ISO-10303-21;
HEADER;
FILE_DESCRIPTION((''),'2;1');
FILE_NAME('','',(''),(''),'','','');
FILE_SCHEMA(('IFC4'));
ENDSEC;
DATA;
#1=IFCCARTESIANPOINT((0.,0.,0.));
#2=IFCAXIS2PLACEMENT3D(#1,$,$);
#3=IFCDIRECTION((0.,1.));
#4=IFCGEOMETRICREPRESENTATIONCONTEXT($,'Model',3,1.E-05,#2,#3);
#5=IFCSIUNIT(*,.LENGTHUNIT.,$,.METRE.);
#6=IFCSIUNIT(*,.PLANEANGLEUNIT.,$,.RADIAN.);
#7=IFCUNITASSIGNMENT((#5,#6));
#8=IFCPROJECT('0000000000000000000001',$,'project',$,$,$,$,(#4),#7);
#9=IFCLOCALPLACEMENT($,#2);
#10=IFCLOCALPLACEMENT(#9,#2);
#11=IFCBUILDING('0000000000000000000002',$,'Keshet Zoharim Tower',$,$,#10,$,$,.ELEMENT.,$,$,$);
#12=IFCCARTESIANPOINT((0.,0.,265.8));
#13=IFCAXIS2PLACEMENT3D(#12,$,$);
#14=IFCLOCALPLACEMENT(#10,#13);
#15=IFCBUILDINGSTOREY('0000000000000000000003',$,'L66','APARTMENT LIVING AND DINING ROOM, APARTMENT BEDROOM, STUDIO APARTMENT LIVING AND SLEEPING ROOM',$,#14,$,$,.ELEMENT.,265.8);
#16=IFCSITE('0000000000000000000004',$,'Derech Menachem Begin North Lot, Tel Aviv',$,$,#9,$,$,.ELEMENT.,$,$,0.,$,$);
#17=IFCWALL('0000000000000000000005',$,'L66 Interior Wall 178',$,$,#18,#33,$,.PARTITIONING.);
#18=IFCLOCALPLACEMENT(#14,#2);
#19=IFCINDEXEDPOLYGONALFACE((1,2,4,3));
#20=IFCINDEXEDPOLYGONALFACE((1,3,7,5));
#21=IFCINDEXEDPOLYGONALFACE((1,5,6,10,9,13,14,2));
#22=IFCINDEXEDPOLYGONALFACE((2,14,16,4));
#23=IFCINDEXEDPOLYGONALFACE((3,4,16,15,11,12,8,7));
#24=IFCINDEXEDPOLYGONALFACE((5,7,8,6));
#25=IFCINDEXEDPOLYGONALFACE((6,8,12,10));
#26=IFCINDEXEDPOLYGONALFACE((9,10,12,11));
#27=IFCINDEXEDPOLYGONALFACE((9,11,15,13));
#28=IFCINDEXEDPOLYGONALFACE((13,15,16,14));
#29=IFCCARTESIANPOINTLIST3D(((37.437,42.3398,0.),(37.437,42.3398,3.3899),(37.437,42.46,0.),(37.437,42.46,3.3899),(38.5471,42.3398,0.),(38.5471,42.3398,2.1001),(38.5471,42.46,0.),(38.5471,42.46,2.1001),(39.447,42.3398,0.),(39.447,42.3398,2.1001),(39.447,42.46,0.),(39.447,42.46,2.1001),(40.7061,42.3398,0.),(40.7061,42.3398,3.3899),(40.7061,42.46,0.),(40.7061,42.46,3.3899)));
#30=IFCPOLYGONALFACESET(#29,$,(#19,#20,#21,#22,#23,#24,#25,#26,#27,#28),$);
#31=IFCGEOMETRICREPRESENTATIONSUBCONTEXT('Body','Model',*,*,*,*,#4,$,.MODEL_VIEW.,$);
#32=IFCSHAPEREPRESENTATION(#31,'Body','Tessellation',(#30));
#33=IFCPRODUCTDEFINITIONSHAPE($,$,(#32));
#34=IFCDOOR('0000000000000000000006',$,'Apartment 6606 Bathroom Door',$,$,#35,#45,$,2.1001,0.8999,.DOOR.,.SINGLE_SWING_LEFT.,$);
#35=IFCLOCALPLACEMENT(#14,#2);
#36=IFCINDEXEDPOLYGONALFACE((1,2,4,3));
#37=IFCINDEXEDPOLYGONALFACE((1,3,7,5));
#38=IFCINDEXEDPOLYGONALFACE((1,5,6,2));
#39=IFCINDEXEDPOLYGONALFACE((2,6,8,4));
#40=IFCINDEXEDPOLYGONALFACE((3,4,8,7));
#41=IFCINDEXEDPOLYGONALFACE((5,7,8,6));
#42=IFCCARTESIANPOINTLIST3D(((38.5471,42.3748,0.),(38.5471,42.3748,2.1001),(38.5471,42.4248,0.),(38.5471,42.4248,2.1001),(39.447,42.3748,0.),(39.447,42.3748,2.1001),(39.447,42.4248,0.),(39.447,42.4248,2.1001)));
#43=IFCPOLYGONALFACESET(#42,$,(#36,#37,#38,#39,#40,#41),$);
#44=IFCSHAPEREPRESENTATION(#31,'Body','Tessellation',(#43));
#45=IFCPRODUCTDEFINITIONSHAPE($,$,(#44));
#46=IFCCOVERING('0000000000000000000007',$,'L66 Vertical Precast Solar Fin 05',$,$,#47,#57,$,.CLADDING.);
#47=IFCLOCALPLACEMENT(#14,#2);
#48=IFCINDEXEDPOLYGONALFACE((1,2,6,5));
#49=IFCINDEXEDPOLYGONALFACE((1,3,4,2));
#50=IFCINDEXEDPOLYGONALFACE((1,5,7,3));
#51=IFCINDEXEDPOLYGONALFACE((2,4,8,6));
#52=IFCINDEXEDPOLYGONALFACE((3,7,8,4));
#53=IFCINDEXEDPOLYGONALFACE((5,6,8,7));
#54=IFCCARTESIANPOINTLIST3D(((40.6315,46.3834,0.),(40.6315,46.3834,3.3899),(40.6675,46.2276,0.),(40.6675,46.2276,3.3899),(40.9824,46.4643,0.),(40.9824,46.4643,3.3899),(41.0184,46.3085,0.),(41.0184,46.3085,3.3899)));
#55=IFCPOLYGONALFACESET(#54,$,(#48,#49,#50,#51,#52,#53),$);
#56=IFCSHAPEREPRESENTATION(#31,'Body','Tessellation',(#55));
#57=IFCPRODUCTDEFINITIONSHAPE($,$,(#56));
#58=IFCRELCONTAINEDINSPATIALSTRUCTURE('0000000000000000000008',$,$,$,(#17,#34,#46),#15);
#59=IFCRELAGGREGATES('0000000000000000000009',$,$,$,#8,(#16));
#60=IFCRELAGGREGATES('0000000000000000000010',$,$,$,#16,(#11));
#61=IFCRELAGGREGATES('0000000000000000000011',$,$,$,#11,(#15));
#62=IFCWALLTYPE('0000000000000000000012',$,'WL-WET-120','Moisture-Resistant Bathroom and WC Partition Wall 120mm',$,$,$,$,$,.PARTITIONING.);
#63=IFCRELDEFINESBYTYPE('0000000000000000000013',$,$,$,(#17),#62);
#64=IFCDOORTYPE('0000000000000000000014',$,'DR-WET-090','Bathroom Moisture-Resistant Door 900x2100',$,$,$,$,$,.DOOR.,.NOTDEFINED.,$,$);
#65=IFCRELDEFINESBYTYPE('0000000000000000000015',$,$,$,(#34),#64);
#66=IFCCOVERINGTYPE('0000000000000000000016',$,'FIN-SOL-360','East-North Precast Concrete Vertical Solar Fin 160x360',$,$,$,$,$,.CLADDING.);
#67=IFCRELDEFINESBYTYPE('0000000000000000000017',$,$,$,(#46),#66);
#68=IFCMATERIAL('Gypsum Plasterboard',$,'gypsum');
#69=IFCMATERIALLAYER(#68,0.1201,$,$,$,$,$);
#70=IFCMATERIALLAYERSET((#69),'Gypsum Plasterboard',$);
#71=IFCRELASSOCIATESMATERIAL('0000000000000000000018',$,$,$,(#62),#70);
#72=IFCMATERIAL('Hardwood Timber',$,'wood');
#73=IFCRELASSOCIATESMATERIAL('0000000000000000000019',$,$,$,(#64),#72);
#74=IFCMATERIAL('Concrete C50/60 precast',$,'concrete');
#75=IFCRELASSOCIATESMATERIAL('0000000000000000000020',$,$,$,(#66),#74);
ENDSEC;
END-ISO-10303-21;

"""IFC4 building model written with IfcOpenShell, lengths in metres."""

from ifc_helpers import new_model, si_unit, direction, frame, frame_2d, origin, origin_2d, place, context, subcontext, project, spatial, rectangle, extrude, material, layer, layer_set, type_object, element, fill, save


model = new_model("IFC4")

# Units and contexts
model_context = context("Model", 3, precision=1e-05, world=origin(), true_north=direction((0.0, 1.0)))
body_context = subcontext(model_context, "Body", "Model", "MODEL_VIEW")
ifc_project = project(units=[si_unit("LENGTHUNIT", "METRE"), si_unit("PLANEANGLEUNIT", "RADIAN")], contexts=[model_context])

# Site, building, storey
site_placement = place(None, origin())
site = spatial("IfcSite", under=ifc_project, at=site_placement, Name="Derech Menachem Begin North Lot, Tel Aviv", CompositionType="ELEMENT", RefElevation=0.0)
building_placement = place(site_placement, origin())
building = spatial("IfcBuilding", under=site, at=building_placement, Name="Keshet Zoharim Tower", CompositionType="ELEMENT")
storey_placement = place(building_placement, frame((0.0, 0.0, 265.8)))
storey = spatial("IfcBuildingStorey", under=building, at=storey_placement, Name="L66", Description="APARTMENT LIVING AND DINING ROOM, APARTMENT BEDROOM, STUDIO APARTMENT LIVING AND SLEEPING ROOM", CompositionType="ELEMENT", Elevation=265.8)

# Shared definitions
ifc_material_1 = material(Name="Gypsum Plasterboard", Category="gypsum")
ifc_layer_1 = layer(ifc_material_1, 0.1201)
ifc_layer_set_1 = layer_set([ifc_layer_1], Name="Gypsum Plasterboard")
wall_type_1 = type_object("IfcWallType", Name="WL-WET-120", Description="Moisture-Resistant Bathroom and WC Partition Wall 120mm", PredefinedType="PARTITIONING", material=ifc_layer_set_1)

# Wall, opening, door
wall_1_placement = place(storey_placement, frame((37.437, 42.3999, 0.0), z_axis=(0.0, 0.0, 1.0), x_axis=(1.0, 0.0, 0.0)))
wall_1 = element("IfcWall", 1, at=wall_1_placement, inside=storey, type_object=wall_type_1, Name="L66 Interior Wall 178", PredefinedType="PARTITIONING", context=body_context, shape_type="SweptSolid", body=[
    extrude(rectangle(XDim=3.269, YDim=0.1201, at=frame_2d((1.6345, 0.0))), origin(), (0.0, 0.0, 1.0), 3.3899),
])
opening_placement = place(wall_1_placement, frame((1.1101, 0.0, 0.0)))
opening = element("IfcOpeningElement", 2, at=opening_placement, cuts=wall_1, PredefinedType="OPENING", context=body_context, shape_type="SweptSolid", body=[
    extrude(rectangle(XDim=0.8999, YDim=2.1001, at=frame_2d((0.45, 1.05))), frame((0.0, 0.0701, 0.0), z_axis=(0.0, -1.0, 0.0), x_axis=(1.0, 0.0, 0.0)), (0.0, 0.0, 1.0), 0.1401),
])
ifc_material_2 = material(Name="Hardwood Timber", Category="wood")
door_type = type_object("IfcDoorType", Name="DR-WET-090", Description="Bathroom Moisture-Resistant Door 900x2100", OperationType="NOTDEFINED", PredefinedType="DOOR", material=ifc_material_2)
door_placement = place(opening_placement, origin())
door = element("IfcDoor", 3, at=door_placement, inside=storey, type_object=door_type, Name="Apartment 6606 Bathroom Door", OperationType="SINGLE_SWING_LEFT", OverallHeight=2.1001, OverallWidth=0.8999, PredefinedType="DOOR", context=body_context, shape_type="SweptSolid", body=[
    extrude(rectangle(XDim=0.8999, YDim=2.1001, at=frame_2d((0.45, 1.05))), frame((0.0, 0.0249, 0.0), z_axis=(0.0, -1.0, 0.0), x_axis=(1.0, 0.0, 0.0)), (0.0, 0.0, 1.0), 0.05),
])
fill(opening, door)

# Covering
ifc_material_3 = material(Name="Concrete C50/60 precast", Category="concrete")
covering_type = type_object("IfcCoveringType", Name="FIN-SOL-360", Description="East-North Precast Concrete Vertical Solar Fin 160x360", PredefinedType="CLADDING", material=ifc_material_3)
covering_placement = place(storey_placement, frame((40.825, 46.3459, 0.0), z_axis=(0.0, 0.0, 1.0), x_axis=(0.22483, -0.974398, 0.0)))
element("IfcCovering", 4, at=covering_placement, inside=storey, type_object=covering_type, Name="L66 Vertical Precast Solar Fin 05", PredefinedType="CLADDING", context=body_context, shape_type="SweptSolid", body=[
    extrude(rectangle(XDim=0.1599, YDim=0.3601, at=origin_2d()), origin(), (0.0, 0.0, 1.0), 3.3899),
])

save(model, "model.ifc")
